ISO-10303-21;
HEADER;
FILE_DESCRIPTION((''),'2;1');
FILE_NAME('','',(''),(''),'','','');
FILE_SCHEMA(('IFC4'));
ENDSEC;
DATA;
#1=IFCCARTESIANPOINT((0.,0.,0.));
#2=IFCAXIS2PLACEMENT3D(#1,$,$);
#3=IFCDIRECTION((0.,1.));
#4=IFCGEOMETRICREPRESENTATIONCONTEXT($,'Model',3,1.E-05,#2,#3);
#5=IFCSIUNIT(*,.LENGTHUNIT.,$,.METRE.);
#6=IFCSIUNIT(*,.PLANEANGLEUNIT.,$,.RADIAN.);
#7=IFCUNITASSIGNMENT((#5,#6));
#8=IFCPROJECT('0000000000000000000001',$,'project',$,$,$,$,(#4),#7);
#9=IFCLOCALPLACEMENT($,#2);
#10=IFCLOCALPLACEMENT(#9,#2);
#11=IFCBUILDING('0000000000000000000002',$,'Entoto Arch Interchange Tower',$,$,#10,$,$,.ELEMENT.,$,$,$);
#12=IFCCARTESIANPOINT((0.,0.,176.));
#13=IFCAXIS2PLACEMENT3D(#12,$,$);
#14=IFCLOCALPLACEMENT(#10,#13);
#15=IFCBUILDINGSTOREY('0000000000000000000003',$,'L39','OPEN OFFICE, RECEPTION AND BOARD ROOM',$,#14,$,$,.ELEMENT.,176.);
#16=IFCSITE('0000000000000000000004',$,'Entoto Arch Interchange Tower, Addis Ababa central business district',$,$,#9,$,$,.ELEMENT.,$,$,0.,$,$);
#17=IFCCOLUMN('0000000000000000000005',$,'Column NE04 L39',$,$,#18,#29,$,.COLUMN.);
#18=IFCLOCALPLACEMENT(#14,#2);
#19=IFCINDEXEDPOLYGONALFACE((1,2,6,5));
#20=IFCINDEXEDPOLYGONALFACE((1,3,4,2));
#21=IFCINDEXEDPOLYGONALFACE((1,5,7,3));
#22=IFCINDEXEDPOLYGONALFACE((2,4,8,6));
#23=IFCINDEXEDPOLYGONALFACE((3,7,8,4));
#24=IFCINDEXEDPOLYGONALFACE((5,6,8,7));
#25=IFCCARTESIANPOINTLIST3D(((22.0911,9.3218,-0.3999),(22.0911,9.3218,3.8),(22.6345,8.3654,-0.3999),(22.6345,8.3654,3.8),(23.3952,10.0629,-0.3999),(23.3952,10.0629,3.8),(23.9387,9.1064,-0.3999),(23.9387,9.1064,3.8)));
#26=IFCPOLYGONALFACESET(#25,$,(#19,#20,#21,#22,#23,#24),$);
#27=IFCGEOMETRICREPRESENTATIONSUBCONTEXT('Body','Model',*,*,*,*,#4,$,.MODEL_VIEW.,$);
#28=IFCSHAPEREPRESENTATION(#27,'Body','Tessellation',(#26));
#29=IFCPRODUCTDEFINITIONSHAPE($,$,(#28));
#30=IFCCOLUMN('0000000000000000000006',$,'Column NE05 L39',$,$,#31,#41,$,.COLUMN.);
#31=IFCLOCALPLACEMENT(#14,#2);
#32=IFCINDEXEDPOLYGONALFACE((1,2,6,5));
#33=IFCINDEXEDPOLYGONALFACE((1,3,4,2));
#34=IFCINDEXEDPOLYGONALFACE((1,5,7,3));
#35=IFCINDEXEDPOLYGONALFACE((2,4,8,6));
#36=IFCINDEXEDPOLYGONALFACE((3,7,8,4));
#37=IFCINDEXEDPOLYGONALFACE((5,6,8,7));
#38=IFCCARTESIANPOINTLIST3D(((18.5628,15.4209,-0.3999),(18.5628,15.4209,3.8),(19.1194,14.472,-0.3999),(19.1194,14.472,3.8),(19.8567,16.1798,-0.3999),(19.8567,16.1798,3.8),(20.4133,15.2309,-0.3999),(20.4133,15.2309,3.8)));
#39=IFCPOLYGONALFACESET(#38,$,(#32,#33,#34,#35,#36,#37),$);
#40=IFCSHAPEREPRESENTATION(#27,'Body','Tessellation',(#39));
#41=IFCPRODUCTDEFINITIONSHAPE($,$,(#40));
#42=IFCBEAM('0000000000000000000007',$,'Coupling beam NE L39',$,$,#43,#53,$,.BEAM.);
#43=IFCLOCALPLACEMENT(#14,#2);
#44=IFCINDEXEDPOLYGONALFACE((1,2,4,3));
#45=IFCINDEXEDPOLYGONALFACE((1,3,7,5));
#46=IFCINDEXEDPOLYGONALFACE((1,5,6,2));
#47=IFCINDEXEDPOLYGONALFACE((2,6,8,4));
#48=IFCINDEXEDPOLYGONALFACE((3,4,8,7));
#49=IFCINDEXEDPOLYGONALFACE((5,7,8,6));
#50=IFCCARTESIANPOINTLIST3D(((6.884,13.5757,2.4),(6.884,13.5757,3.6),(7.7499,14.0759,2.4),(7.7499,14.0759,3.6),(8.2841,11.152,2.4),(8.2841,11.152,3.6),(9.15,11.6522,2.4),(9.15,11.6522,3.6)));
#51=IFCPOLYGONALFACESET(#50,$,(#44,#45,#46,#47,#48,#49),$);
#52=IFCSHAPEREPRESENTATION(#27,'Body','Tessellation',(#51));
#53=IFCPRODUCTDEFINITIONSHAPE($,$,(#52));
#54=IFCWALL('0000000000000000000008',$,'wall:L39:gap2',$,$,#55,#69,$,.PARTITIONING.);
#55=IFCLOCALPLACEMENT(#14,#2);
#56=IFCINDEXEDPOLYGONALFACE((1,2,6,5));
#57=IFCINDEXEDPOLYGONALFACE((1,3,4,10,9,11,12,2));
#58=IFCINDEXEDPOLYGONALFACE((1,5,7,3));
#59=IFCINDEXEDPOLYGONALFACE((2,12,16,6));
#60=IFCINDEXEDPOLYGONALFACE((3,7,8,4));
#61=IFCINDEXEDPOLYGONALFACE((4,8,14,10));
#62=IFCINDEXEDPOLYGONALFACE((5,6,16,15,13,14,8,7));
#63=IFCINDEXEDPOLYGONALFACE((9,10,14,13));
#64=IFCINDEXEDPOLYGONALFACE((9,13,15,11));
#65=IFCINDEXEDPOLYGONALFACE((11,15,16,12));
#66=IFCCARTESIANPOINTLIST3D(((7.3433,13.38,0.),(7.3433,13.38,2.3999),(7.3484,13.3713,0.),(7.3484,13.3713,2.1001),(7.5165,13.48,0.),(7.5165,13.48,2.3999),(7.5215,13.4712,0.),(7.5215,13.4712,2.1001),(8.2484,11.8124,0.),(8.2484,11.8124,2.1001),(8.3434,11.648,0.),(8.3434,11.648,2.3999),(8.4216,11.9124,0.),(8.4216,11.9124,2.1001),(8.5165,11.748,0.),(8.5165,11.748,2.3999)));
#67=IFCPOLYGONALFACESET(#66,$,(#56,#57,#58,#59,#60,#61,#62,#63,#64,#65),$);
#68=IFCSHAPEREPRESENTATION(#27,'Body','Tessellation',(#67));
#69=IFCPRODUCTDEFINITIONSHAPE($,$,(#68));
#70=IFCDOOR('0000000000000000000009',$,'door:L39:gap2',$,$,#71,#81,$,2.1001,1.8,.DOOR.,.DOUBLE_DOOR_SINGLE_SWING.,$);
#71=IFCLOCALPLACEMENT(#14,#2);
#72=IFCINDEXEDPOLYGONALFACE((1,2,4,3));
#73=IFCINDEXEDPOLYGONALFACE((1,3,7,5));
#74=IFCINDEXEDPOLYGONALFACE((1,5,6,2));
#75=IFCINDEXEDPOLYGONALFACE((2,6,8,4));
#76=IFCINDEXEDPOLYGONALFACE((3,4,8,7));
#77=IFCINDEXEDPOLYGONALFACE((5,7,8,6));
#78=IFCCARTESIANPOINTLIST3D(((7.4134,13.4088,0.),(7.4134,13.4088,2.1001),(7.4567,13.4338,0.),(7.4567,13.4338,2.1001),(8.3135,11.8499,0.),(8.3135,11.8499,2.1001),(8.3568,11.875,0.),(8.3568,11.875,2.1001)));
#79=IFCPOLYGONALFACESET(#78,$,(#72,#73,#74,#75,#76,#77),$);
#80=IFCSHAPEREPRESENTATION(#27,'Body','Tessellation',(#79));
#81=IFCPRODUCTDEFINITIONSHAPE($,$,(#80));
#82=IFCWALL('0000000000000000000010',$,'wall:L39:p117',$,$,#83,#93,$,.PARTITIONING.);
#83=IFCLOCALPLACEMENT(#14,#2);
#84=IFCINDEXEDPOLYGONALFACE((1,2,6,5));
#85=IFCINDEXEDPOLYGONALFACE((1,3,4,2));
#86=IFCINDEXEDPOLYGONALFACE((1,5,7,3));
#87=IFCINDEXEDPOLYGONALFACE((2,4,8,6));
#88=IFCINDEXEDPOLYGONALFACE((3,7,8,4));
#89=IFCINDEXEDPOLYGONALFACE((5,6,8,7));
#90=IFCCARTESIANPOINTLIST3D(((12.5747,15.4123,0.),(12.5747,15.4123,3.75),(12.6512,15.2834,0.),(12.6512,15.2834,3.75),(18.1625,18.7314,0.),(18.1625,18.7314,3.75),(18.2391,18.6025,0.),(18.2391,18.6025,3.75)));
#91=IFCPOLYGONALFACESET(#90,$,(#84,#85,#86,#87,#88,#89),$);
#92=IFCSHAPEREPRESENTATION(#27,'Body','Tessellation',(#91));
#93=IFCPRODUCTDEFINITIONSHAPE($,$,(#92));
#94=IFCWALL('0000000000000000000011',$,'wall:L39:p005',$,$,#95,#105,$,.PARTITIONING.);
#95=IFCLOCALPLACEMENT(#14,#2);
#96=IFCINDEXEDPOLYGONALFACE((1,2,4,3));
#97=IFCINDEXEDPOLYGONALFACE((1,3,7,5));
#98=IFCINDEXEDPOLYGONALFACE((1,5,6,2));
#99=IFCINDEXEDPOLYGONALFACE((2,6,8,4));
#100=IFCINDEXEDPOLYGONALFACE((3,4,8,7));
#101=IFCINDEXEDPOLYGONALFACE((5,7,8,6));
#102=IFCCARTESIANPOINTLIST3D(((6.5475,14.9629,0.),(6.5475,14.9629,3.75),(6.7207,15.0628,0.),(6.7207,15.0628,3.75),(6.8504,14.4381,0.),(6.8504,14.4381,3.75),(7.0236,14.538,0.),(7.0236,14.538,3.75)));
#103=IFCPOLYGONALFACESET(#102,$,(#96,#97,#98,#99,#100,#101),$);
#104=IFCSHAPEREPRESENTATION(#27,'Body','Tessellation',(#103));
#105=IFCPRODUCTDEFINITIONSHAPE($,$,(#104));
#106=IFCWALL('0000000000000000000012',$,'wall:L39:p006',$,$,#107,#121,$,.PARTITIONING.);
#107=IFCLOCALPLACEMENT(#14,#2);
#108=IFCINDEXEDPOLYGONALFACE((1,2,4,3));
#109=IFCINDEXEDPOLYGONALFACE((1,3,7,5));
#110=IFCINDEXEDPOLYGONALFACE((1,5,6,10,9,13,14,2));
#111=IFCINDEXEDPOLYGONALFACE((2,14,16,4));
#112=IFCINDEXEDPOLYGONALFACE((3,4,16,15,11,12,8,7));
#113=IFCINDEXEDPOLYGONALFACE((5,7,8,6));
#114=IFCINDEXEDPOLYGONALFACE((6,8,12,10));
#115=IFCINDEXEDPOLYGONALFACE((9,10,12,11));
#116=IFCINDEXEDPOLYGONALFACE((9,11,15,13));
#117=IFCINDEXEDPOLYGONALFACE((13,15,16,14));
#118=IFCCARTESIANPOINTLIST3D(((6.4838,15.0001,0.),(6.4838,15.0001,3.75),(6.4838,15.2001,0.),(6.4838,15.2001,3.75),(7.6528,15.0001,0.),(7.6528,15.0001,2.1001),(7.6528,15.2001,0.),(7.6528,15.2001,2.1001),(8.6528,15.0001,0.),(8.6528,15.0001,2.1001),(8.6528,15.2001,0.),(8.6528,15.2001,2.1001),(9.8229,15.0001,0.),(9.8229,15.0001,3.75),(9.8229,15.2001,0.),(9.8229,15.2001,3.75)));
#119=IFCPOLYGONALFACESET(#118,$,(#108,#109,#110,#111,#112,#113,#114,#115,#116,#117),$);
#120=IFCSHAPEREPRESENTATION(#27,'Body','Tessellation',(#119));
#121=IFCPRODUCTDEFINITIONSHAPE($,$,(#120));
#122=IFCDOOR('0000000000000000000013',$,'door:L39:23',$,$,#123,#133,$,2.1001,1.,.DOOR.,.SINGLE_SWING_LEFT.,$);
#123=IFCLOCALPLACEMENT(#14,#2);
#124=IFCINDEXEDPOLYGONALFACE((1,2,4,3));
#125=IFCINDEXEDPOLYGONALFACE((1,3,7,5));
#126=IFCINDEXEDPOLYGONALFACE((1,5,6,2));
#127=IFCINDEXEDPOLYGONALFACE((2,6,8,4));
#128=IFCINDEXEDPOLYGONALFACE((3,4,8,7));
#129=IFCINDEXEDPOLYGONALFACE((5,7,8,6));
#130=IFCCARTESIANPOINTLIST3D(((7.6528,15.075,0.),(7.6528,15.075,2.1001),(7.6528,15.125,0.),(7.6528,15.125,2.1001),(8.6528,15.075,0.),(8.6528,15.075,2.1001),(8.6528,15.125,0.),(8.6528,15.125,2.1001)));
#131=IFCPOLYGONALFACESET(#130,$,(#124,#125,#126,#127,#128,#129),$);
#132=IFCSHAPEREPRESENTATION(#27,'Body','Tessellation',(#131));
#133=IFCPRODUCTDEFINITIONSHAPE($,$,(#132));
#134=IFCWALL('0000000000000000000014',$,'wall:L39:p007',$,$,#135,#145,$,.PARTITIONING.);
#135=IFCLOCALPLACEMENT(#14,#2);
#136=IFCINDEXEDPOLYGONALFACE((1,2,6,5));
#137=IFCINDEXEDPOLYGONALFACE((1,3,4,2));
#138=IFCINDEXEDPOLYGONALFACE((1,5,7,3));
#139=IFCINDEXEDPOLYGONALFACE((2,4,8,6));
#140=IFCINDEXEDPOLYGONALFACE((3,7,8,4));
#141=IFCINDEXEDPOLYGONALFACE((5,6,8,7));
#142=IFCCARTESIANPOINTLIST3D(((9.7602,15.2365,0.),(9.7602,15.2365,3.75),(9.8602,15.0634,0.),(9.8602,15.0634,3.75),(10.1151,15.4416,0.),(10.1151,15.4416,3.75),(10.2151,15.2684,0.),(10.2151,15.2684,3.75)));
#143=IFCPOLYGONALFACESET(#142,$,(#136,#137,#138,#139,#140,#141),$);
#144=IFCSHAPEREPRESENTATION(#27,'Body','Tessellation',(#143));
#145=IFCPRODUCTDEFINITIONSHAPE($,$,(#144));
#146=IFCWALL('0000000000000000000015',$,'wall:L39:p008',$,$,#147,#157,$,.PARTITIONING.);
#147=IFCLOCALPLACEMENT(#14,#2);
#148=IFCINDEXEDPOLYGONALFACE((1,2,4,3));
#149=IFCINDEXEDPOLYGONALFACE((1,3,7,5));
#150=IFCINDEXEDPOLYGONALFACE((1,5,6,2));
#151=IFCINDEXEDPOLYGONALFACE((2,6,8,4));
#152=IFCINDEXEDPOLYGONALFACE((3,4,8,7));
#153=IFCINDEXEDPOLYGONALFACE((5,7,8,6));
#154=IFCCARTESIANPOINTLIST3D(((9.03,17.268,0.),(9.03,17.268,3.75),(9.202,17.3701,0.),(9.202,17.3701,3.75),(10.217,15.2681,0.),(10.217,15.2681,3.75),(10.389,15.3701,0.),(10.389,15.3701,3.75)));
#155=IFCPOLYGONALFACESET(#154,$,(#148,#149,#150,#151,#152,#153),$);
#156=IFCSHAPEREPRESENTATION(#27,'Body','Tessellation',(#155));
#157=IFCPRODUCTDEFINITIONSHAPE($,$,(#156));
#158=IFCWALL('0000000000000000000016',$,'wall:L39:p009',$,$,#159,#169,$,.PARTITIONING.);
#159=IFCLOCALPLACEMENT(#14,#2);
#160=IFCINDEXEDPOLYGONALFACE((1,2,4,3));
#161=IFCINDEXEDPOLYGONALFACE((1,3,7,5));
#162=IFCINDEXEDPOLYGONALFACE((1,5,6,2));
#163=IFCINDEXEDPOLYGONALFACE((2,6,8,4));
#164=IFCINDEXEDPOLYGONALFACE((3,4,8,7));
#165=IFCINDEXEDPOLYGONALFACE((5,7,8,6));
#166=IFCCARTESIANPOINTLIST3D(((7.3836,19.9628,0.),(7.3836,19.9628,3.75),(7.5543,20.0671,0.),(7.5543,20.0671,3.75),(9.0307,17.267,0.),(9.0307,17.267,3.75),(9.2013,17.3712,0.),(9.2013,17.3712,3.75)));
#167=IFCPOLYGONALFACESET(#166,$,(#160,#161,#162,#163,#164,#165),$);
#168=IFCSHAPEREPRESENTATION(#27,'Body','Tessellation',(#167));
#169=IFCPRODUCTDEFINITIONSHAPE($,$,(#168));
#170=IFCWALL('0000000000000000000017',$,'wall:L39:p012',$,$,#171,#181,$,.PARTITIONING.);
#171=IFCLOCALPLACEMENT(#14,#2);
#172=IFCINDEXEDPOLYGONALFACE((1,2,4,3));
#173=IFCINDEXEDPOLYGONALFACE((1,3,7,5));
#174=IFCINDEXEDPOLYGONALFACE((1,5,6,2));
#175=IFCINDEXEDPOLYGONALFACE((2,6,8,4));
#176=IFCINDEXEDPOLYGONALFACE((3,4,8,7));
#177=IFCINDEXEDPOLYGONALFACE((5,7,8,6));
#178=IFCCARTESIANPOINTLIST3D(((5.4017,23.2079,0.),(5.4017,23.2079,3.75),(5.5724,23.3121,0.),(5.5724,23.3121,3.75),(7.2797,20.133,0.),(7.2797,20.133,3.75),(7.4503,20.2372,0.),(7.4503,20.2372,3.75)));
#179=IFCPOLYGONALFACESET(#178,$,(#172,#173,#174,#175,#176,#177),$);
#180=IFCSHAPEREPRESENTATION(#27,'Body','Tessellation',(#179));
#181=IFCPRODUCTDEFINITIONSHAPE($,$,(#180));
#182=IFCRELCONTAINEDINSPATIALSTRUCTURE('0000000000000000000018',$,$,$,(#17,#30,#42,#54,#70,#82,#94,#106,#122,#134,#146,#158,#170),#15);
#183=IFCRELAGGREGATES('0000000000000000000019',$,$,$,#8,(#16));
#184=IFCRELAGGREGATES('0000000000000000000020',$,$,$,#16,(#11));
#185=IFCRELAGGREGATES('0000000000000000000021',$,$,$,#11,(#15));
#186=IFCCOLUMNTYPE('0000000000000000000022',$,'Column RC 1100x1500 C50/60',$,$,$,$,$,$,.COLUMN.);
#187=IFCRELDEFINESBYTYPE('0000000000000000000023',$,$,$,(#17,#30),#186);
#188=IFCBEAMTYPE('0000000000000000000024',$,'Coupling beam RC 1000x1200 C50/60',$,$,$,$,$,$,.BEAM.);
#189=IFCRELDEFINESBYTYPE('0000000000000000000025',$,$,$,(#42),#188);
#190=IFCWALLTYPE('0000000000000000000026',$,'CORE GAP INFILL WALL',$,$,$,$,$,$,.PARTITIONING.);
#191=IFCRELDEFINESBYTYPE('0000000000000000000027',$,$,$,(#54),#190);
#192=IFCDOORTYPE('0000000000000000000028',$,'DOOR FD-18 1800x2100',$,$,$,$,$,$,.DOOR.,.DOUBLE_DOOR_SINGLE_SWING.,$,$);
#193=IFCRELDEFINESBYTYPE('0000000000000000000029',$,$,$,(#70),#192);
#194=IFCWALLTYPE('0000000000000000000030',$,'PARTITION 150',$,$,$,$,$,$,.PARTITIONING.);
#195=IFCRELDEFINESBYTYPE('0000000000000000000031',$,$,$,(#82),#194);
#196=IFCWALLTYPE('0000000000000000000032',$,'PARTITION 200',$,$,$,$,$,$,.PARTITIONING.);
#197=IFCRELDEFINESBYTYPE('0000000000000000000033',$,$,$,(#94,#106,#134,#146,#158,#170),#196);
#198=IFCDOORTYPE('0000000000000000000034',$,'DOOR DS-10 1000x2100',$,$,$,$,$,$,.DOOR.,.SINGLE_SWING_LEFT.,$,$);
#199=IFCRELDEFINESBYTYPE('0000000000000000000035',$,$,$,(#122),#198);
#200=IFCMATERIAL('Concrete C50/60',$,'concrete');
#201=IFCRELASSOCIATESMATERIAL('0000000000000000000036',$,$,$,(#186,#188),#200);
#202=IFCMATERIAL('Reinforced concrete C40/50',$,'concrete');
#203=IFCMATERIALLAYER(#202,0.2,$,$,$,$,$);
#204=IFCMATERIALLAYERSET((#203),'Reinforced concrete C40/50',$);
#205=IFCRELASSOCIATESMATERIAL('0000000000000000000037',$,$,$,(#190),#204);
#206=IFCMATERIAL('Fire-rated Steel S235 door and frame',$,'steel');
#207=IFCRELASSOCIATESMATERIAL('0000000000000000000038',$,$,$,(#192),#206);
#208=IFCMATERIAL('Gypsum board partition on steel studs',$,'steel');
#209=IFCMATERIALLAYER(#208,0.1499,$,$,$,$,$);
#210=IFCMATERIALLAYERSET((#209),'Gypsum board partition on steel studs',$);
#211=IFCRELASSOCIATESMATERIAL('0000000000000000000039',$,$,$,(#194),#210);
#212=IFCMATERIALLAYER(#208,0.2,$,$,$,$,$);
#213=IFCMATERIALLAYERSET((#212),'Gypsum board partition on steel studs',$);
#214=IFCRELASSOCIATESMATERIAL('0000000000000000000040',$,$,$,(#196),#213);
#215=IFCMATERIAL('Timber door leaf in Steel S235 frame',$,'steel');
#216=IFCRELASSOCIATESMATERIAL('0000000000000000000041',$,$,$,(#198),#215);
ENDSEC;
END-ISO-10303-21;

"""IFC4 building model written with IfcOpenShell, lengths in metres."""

from ifc_helpers import new_model, si_unit, direction, frame, frame_2d, origin, origin_2d, place, context, subcontext, project, spatial, rectangle, extrude, material, layer, layer_set, material_profile, profile_set, type_object, element, fill, save


model = new_model("IFC4")

# Units and contexts
model_context = context("Model", 3, precision=1e-05, world=origin(), true_north=direction((0.0, 1.0)))
body_context = subcontext(model_context, "Body", "Model", "MODEL_VIEW")
ifc_project = project(units=[si_unit("LENGTHUNIT", "METRE"), si_unit("PLANEANGLEUNIT", "RADIAN")], contexts=[model_context])

# Site, building, storey
site_placement = place(None, origin())
site = spatial("IfcSite", under=ifc_project, at=site_placement, Name="Entoto Arch Interchange Tower, Addis Ababa central business district", CompositionType="ELEMENT", RefElevation=0.0)
building_placement = place(site_placement, origin())
building = spatial("IfcBuilding", under=site, at=building_placement, Name="Entoto Arch Interchange Tower", CompositionType="ELEMENT")
storey_placement = place(building_placement, frame((0.0, 0.0, 176.0)))
storey = spatial("IfcBuildingStorey", under=building, at=storey_placement, Name="L39", Description="OPEN OFFICE, RECEPTION AND BOARD ROOM", CompositionType="ELEMENT", Elevation=176.0)

# Columns
ifc_material_1 = material(Name="Concrete C50/60", Category="concrete")
ifc_material_profile_1 = material_profile(ifc_material_1, rectangle(XDim=1.1001, YDim=1.5, at=origin_2d()))
ifc_profile_set_1 = profile_set([ifc_material_profile_1], Name="Concrete C50/60")
column_type = type_object("IfcColumnType", Name="Column RC 1100x1500 C50/60", PredefinedType="COLUMN", material=ifc_profile_set_1)
for number, where, z_axis, x_axis, name in (
    (1, (23.0149, 9.2141, -0.3999), (0.0, 0.0, 1.0), (-0.494018, 0.869452, 0.0), "Column NE04 L39"),
    (2, (19.488, 15.3259, -0.3999), (0.0, 0.0, 1.0), (-0.505958, 0.862558, 0.0), "Column NE05 L39"),
):
    element("IfcColumn", number, at=place(storey_placement, frame(where, z_axis=z_axis, x_axis=x_axis)), inside=storey, type_object=column_type, Name=name, PredefinedType="COLUMN", context=body_context, shape_type="SweptSolid", body=[
        extrude(rectangle(XDim=1.1001, YDim=1.5, at=origin_2d()), origin(), (0.0, 0.0, 1.0), 4.2),
    ])

# Beam
ifc_material_profile_2 = material_profile(ifc_material_1, rectangle(XDim=1.0, YDim=1.2, at=origin_2d()))
ifc_profile_set_2 = profile_set([ifc_material_profile_2], Name="Concrete C50/60")
beam_type = type_object("IfcBeamType", Name="Coupling beam RC 1000x1200 C50/60", PredefinedType="BEAM", material=ifc_profile_set_2)
beam_placement = place(storey_placement, frame((8.717, 11.4021, 3.0), z_axis=(-0.500201, 0.86591, 0.0), x_axis=(-0.86591, -0.500201, 0.0)))
element("IfcBeam", 3, at=beam_placement, inside=storey, type_object=beam_type, Name="Coupling beam NE L39", PredefinedType="BEAM", context=body_context, shape_type="SweptSolid", body=[
    extrude(rectangle(XDim=1.0, YDim=1.2, at=origin_2d()), origin(), (0.0, 0.0, 1.0), 2.7991),
])

# Wall, opening, door
ifc_material_2 = material(Name="Reinforced concrete C40/50", Category="concrete")
ifc_layer_1 = layer(ifc_material_2, 0.2)
ifc_layer_set_1 = layer_set([ifc_layer_1], Name="Reinforced concrete C40/50")
wall_type_1 = type_object("IfcWallType", Name="CORE GAP INFILL WALL", PredefinedType="PARTITIONING", material=ifc_layer_set_1)
wall_1_placement = place(storey_placement, frame((8.4299, 11.698, 0.0), z_axis=(0.0, 0.0, 1.0), x_axis=(-0.500025, 0.866011, 0.0)))
wall_1 = element("IfcWall", 4, at=wall_1_placement, inside=storey, type_object=wall_type_1, Name="wall:L39:gap2", PredefinedType="PARTITIONING", context=body_context, shape_type="SweptSolid", body=[
    extrude(rectangle(XDim=2.0, YDim=0.2, at=frame_2d((1.0, 0.0))), origin(), (0.0, 0.0, 1.0), 2.3999),
])
opening_1_placement = place(wall_1_placement, frame((0.1899, 0.0, 0.0)))
opening_1 = element("IfcOpeningElement", 5, at=opening_1_placement, cuts=wall_1, PredefinedType="OPENING", context=body_context, shape_type="SweptSolid", body=[
    extrude(rectangle(XDim=1.8, YDim=2.1001, at=frame_2d((0.8999, 1.05))), frame((0.0, 0.1099, 0.0), z_axis=(0.0, -1.0, 0.0), x_axis=(1.0, 0.0, 0.0)), (0.0, 0.0, 1.0), 0.22),
])
ifc_material_3 = material(Name="Fire-rated Steel S235 door and frame", Category="steel")
door_type_1 = type_object("IfcDoorType", Name="DOOR FD-18 1800x2100", OperationType="DOUBLE_DOOR_SINGLE_SWING", PredefinedType="DOOR", material=ifc_material_3)
door_1_placement = place(opening_1_placement, origin())
door_1 = element("IfcDoor", 6, at=door_1_placement, inside=storey, type_object=door_type_1, Name="door:L39:gap2", OperationType="DOUBLE_DOOR_SINGLE_SWING", OverallHeight=2.1001, OverallWidth=1.8, PredefinedType="DOOR", context=body_context, shape_type="SweptSolid", body=[
    extrude(rectangle(XDim=1.8, YDim=2.1001, at=frame_2d((0.8999, 1.05))), frame((0.0, 0.0249, 0.0), z_axis=(0.0, -1.0, 0.0), x_axis=(1.0, 0.0, 0.0)), (0.0, 0.0, 1.0), 0.05),
])
fill(opening_1, door_1)

# Walls
ifc_material_4 = material(Name="Gypsum board partition on steel studs", Category="steel")
ifc_layer_2 = layer(ifc_material_4, 0.1499)
ifc_layer_set_2 = layer_set([ifc_layer_2], Name="Gypsum board partition on steel studs")
wall_type_2 = type_object("IfcWallType", Name="PARTITION 150", PredefinedType="PARTITIONING", material=ifc_layer_set_2)
wall_2_placement = place(storey_placement, frame((12.613, 15.3479, 0.0), z_axis=(0.0, 0.0, 1.0), x_axis=(0.859768, 0.510685, 0.0)))
element("IfcWall", 7, at=wall_2_placement, inside=storey, type_object=wall_type_2, Name="wall:L39:p117", PredefinedType="PARTITIONING", context=body_context, shape_type="SweptSolid", body=[
    extrude(rectangle(XDim=6.4993, YDim=0.1499, at=frame_2d((3.2495, 0.0))), origin(), (0.0, 0.0, 1.0), 3.75),
])
ifc_layer_3 = layer(ifc_material_4, 0.2)
ifc_layer_set_3 = layer_set([ifc_layer_3], Name="Gypsum board partition on steel studs")
wall_type_3 = type_object("IfcWallType", Name="PARTITION 200", PredefinedType="PARTITIONING", material=ifc_layer_set_3)
wall_3_placement = place(storey_placement, frame((6.937, 14.488, 0.0), z_axis=(0.0, 0.0, 1.0), x_axis=(-0.499908, 0.866078, 0.0)))
element("IfcWall", 8, at=wall_3_placement, inside=storey, type_object=wall_type_3, Name="wall:L39:p005", PredefinedType="PARTITIONING", context=body_context, shape_type="SweptSolid", body=[
    extrude(rectangle(XDim=0.606, YDim=0.2, at=frame_2d((0.303, 0.0))), origin(), (0.0, 0.0, 1.0), 3.75),
])

# Wall, opening, door
wall_4_placement = place(storey_placement, frame((6.4839, 15.1001, 0.0), z_axis=(0.0, 0.0, 1.0), x_axis=(1.0, 0.0, 0.0)))
wall_4 = element("IfcWall", 9, at=wall_4_placement, inside=storey, type_object=wall_type_3, Name="wall:L39:p006", PredefinedType="PARTITIONING", context=body_context, shape_type="SweptSolid", body=[
    extrude(rectangle(XDim=3.3391, YDim=0.2, at=frame_2d((1.6694, 0.0))), origin(), (0.0, 0.0, 1.0), 3.75),
])
opening_2_placement = place(wall_4_placement, frame((1.1689, 0.0, 0.0)))
opening_2 = element("IfcOpeningElement", 10, at=opening_2_placement, cuts=wall_4, PredefinedType="OPENING", context=body_context, shape_type="SweptSolid", body=[
    extrude(rectangle(XDim=1.0, YDim=2.1001, at=frame_2d((0.5, 1.05))), frame((0.0, 0.1099, 0.0), z_axis=(0.0, -1.0, 0.0), x_axis=(1.0, 0.0, 0.0)), (0.0, 0.0, 1.0), 0.22),
])
ifc_material_5 = material(Name="Timber door leaf in Steel S235 frame", Category="steel")
door_type_2 = type_object("IfcDoorType", Name="DOOR DS-10 1000x2100", OperationType="SINGLE_SWING_LEFT", PredefinedType="DOOR", material=ifc_material_5)
door_2_placement = place(opening_2_placement, origin())
door_2 = element("IfcDoor", 11, at=door_2_placement, inside=storey, type_object=door_type_2, Name="door:L39:23", OperationType="SINGLE_SWING_LEFT", OverallHeight=2.1001, OverallWidth=1.0, PredefinedType="DOOR", context=body_context, shape_type="SweptSolid", body=[
    extrude(rectangle(XDim=1.0, YDim=2.1001, at=frame_2d((0.5, 1.05))), frame((0.0, 0.0249, 0.0), z_axis=(0.0, -1.0, 0.0), x_axis=(1.0, 0.0, 0.0)), (0.0, 0.0, 1.0), 0.05),
])
fill(opening_2, door_2)

# Walls
wall_5_placement = place(storey_placement, frame((9.8101, 15.1499, 0.0), z_axis=(0.0, 0.0, 1.0), x_axis=(0.865888, 0.500238, 0.0)))
element("IfcWall", 12, at=wall_5_placement, inside=storey, type_object=wall_type_3, Name="wall:L39:p007", PredefinedType="PARTITIONING", context=body_context, shape_type="SweptSolid", body=[
    extrude(rectangle(XDim=0.4099, YDim=0.2, at=frame_2d((0.2051, 0.0))), origin(), (0.0, 0.0, 1.0), 3.75),
])
wall_6_placement = place(storey_placement, frame((10.303, 15.3191, 0.0), z_axis=(0.0, 0.0, 1.0), x_axis=(-0.510384, 0.859947, 0.0)))
element("IfcWall", 13, at=wall_6_placement, inside=storey, type_object=wall_type_3, Name="wall:L39:p008", PredefinedType="PARTITIONING", context=body_context, shape_type="SweptSolid", body=[
    extrude(rectangle(XDim=2.3257, YDim=0.2, at=frame_2d((1.1628, 0.0))), origin(), (0.0, 0.0, 1.0), 3.75),
])
wall_7_placement = place(storey_placement, frame((9.116, 17.3191, 0.0), z_axis=(0.0, 0.0, 1.0), x_axis=(-0.521344, 0.853347, 0.0)))
element("IfcWall", 14, at=wall_7_placement, inside=storey, type_object=wall_type_3, Name="wall:L39:p009", PredefinedType="PARTITIONING", context=body_context, shape_type="SweptSolid", body=[
    extrude(rectangle(XDim=3.1592, YDim=0.2, at=frame_2d((1.5796, 0.0))), origin(), (0.0, 0.0, 1.0), 3.75),
])
wall_8_placement = place(storey_placement, frame((7.365, 20.1851, 0.0), z_axis=(0.0, 0.0, 1.0), x_axis=(-0.521206, 0.853431, 0.0)))
element("IfcWall", 15, at=wall_8_placement, inside=storey, type_object=wall_type_3, Name="wall:L39:p012", PredefinedType="PARTITIONING", context=body_context, shape_type="SweptSolid", body=[
    extrude(rectangle(XDim=3.603, YDim=0.2, at=frame_2d((1.8015, 0.0))), origin(), (0.0, 0.0, 1.0), 3.75),
])

save(model, "model.ifc")
